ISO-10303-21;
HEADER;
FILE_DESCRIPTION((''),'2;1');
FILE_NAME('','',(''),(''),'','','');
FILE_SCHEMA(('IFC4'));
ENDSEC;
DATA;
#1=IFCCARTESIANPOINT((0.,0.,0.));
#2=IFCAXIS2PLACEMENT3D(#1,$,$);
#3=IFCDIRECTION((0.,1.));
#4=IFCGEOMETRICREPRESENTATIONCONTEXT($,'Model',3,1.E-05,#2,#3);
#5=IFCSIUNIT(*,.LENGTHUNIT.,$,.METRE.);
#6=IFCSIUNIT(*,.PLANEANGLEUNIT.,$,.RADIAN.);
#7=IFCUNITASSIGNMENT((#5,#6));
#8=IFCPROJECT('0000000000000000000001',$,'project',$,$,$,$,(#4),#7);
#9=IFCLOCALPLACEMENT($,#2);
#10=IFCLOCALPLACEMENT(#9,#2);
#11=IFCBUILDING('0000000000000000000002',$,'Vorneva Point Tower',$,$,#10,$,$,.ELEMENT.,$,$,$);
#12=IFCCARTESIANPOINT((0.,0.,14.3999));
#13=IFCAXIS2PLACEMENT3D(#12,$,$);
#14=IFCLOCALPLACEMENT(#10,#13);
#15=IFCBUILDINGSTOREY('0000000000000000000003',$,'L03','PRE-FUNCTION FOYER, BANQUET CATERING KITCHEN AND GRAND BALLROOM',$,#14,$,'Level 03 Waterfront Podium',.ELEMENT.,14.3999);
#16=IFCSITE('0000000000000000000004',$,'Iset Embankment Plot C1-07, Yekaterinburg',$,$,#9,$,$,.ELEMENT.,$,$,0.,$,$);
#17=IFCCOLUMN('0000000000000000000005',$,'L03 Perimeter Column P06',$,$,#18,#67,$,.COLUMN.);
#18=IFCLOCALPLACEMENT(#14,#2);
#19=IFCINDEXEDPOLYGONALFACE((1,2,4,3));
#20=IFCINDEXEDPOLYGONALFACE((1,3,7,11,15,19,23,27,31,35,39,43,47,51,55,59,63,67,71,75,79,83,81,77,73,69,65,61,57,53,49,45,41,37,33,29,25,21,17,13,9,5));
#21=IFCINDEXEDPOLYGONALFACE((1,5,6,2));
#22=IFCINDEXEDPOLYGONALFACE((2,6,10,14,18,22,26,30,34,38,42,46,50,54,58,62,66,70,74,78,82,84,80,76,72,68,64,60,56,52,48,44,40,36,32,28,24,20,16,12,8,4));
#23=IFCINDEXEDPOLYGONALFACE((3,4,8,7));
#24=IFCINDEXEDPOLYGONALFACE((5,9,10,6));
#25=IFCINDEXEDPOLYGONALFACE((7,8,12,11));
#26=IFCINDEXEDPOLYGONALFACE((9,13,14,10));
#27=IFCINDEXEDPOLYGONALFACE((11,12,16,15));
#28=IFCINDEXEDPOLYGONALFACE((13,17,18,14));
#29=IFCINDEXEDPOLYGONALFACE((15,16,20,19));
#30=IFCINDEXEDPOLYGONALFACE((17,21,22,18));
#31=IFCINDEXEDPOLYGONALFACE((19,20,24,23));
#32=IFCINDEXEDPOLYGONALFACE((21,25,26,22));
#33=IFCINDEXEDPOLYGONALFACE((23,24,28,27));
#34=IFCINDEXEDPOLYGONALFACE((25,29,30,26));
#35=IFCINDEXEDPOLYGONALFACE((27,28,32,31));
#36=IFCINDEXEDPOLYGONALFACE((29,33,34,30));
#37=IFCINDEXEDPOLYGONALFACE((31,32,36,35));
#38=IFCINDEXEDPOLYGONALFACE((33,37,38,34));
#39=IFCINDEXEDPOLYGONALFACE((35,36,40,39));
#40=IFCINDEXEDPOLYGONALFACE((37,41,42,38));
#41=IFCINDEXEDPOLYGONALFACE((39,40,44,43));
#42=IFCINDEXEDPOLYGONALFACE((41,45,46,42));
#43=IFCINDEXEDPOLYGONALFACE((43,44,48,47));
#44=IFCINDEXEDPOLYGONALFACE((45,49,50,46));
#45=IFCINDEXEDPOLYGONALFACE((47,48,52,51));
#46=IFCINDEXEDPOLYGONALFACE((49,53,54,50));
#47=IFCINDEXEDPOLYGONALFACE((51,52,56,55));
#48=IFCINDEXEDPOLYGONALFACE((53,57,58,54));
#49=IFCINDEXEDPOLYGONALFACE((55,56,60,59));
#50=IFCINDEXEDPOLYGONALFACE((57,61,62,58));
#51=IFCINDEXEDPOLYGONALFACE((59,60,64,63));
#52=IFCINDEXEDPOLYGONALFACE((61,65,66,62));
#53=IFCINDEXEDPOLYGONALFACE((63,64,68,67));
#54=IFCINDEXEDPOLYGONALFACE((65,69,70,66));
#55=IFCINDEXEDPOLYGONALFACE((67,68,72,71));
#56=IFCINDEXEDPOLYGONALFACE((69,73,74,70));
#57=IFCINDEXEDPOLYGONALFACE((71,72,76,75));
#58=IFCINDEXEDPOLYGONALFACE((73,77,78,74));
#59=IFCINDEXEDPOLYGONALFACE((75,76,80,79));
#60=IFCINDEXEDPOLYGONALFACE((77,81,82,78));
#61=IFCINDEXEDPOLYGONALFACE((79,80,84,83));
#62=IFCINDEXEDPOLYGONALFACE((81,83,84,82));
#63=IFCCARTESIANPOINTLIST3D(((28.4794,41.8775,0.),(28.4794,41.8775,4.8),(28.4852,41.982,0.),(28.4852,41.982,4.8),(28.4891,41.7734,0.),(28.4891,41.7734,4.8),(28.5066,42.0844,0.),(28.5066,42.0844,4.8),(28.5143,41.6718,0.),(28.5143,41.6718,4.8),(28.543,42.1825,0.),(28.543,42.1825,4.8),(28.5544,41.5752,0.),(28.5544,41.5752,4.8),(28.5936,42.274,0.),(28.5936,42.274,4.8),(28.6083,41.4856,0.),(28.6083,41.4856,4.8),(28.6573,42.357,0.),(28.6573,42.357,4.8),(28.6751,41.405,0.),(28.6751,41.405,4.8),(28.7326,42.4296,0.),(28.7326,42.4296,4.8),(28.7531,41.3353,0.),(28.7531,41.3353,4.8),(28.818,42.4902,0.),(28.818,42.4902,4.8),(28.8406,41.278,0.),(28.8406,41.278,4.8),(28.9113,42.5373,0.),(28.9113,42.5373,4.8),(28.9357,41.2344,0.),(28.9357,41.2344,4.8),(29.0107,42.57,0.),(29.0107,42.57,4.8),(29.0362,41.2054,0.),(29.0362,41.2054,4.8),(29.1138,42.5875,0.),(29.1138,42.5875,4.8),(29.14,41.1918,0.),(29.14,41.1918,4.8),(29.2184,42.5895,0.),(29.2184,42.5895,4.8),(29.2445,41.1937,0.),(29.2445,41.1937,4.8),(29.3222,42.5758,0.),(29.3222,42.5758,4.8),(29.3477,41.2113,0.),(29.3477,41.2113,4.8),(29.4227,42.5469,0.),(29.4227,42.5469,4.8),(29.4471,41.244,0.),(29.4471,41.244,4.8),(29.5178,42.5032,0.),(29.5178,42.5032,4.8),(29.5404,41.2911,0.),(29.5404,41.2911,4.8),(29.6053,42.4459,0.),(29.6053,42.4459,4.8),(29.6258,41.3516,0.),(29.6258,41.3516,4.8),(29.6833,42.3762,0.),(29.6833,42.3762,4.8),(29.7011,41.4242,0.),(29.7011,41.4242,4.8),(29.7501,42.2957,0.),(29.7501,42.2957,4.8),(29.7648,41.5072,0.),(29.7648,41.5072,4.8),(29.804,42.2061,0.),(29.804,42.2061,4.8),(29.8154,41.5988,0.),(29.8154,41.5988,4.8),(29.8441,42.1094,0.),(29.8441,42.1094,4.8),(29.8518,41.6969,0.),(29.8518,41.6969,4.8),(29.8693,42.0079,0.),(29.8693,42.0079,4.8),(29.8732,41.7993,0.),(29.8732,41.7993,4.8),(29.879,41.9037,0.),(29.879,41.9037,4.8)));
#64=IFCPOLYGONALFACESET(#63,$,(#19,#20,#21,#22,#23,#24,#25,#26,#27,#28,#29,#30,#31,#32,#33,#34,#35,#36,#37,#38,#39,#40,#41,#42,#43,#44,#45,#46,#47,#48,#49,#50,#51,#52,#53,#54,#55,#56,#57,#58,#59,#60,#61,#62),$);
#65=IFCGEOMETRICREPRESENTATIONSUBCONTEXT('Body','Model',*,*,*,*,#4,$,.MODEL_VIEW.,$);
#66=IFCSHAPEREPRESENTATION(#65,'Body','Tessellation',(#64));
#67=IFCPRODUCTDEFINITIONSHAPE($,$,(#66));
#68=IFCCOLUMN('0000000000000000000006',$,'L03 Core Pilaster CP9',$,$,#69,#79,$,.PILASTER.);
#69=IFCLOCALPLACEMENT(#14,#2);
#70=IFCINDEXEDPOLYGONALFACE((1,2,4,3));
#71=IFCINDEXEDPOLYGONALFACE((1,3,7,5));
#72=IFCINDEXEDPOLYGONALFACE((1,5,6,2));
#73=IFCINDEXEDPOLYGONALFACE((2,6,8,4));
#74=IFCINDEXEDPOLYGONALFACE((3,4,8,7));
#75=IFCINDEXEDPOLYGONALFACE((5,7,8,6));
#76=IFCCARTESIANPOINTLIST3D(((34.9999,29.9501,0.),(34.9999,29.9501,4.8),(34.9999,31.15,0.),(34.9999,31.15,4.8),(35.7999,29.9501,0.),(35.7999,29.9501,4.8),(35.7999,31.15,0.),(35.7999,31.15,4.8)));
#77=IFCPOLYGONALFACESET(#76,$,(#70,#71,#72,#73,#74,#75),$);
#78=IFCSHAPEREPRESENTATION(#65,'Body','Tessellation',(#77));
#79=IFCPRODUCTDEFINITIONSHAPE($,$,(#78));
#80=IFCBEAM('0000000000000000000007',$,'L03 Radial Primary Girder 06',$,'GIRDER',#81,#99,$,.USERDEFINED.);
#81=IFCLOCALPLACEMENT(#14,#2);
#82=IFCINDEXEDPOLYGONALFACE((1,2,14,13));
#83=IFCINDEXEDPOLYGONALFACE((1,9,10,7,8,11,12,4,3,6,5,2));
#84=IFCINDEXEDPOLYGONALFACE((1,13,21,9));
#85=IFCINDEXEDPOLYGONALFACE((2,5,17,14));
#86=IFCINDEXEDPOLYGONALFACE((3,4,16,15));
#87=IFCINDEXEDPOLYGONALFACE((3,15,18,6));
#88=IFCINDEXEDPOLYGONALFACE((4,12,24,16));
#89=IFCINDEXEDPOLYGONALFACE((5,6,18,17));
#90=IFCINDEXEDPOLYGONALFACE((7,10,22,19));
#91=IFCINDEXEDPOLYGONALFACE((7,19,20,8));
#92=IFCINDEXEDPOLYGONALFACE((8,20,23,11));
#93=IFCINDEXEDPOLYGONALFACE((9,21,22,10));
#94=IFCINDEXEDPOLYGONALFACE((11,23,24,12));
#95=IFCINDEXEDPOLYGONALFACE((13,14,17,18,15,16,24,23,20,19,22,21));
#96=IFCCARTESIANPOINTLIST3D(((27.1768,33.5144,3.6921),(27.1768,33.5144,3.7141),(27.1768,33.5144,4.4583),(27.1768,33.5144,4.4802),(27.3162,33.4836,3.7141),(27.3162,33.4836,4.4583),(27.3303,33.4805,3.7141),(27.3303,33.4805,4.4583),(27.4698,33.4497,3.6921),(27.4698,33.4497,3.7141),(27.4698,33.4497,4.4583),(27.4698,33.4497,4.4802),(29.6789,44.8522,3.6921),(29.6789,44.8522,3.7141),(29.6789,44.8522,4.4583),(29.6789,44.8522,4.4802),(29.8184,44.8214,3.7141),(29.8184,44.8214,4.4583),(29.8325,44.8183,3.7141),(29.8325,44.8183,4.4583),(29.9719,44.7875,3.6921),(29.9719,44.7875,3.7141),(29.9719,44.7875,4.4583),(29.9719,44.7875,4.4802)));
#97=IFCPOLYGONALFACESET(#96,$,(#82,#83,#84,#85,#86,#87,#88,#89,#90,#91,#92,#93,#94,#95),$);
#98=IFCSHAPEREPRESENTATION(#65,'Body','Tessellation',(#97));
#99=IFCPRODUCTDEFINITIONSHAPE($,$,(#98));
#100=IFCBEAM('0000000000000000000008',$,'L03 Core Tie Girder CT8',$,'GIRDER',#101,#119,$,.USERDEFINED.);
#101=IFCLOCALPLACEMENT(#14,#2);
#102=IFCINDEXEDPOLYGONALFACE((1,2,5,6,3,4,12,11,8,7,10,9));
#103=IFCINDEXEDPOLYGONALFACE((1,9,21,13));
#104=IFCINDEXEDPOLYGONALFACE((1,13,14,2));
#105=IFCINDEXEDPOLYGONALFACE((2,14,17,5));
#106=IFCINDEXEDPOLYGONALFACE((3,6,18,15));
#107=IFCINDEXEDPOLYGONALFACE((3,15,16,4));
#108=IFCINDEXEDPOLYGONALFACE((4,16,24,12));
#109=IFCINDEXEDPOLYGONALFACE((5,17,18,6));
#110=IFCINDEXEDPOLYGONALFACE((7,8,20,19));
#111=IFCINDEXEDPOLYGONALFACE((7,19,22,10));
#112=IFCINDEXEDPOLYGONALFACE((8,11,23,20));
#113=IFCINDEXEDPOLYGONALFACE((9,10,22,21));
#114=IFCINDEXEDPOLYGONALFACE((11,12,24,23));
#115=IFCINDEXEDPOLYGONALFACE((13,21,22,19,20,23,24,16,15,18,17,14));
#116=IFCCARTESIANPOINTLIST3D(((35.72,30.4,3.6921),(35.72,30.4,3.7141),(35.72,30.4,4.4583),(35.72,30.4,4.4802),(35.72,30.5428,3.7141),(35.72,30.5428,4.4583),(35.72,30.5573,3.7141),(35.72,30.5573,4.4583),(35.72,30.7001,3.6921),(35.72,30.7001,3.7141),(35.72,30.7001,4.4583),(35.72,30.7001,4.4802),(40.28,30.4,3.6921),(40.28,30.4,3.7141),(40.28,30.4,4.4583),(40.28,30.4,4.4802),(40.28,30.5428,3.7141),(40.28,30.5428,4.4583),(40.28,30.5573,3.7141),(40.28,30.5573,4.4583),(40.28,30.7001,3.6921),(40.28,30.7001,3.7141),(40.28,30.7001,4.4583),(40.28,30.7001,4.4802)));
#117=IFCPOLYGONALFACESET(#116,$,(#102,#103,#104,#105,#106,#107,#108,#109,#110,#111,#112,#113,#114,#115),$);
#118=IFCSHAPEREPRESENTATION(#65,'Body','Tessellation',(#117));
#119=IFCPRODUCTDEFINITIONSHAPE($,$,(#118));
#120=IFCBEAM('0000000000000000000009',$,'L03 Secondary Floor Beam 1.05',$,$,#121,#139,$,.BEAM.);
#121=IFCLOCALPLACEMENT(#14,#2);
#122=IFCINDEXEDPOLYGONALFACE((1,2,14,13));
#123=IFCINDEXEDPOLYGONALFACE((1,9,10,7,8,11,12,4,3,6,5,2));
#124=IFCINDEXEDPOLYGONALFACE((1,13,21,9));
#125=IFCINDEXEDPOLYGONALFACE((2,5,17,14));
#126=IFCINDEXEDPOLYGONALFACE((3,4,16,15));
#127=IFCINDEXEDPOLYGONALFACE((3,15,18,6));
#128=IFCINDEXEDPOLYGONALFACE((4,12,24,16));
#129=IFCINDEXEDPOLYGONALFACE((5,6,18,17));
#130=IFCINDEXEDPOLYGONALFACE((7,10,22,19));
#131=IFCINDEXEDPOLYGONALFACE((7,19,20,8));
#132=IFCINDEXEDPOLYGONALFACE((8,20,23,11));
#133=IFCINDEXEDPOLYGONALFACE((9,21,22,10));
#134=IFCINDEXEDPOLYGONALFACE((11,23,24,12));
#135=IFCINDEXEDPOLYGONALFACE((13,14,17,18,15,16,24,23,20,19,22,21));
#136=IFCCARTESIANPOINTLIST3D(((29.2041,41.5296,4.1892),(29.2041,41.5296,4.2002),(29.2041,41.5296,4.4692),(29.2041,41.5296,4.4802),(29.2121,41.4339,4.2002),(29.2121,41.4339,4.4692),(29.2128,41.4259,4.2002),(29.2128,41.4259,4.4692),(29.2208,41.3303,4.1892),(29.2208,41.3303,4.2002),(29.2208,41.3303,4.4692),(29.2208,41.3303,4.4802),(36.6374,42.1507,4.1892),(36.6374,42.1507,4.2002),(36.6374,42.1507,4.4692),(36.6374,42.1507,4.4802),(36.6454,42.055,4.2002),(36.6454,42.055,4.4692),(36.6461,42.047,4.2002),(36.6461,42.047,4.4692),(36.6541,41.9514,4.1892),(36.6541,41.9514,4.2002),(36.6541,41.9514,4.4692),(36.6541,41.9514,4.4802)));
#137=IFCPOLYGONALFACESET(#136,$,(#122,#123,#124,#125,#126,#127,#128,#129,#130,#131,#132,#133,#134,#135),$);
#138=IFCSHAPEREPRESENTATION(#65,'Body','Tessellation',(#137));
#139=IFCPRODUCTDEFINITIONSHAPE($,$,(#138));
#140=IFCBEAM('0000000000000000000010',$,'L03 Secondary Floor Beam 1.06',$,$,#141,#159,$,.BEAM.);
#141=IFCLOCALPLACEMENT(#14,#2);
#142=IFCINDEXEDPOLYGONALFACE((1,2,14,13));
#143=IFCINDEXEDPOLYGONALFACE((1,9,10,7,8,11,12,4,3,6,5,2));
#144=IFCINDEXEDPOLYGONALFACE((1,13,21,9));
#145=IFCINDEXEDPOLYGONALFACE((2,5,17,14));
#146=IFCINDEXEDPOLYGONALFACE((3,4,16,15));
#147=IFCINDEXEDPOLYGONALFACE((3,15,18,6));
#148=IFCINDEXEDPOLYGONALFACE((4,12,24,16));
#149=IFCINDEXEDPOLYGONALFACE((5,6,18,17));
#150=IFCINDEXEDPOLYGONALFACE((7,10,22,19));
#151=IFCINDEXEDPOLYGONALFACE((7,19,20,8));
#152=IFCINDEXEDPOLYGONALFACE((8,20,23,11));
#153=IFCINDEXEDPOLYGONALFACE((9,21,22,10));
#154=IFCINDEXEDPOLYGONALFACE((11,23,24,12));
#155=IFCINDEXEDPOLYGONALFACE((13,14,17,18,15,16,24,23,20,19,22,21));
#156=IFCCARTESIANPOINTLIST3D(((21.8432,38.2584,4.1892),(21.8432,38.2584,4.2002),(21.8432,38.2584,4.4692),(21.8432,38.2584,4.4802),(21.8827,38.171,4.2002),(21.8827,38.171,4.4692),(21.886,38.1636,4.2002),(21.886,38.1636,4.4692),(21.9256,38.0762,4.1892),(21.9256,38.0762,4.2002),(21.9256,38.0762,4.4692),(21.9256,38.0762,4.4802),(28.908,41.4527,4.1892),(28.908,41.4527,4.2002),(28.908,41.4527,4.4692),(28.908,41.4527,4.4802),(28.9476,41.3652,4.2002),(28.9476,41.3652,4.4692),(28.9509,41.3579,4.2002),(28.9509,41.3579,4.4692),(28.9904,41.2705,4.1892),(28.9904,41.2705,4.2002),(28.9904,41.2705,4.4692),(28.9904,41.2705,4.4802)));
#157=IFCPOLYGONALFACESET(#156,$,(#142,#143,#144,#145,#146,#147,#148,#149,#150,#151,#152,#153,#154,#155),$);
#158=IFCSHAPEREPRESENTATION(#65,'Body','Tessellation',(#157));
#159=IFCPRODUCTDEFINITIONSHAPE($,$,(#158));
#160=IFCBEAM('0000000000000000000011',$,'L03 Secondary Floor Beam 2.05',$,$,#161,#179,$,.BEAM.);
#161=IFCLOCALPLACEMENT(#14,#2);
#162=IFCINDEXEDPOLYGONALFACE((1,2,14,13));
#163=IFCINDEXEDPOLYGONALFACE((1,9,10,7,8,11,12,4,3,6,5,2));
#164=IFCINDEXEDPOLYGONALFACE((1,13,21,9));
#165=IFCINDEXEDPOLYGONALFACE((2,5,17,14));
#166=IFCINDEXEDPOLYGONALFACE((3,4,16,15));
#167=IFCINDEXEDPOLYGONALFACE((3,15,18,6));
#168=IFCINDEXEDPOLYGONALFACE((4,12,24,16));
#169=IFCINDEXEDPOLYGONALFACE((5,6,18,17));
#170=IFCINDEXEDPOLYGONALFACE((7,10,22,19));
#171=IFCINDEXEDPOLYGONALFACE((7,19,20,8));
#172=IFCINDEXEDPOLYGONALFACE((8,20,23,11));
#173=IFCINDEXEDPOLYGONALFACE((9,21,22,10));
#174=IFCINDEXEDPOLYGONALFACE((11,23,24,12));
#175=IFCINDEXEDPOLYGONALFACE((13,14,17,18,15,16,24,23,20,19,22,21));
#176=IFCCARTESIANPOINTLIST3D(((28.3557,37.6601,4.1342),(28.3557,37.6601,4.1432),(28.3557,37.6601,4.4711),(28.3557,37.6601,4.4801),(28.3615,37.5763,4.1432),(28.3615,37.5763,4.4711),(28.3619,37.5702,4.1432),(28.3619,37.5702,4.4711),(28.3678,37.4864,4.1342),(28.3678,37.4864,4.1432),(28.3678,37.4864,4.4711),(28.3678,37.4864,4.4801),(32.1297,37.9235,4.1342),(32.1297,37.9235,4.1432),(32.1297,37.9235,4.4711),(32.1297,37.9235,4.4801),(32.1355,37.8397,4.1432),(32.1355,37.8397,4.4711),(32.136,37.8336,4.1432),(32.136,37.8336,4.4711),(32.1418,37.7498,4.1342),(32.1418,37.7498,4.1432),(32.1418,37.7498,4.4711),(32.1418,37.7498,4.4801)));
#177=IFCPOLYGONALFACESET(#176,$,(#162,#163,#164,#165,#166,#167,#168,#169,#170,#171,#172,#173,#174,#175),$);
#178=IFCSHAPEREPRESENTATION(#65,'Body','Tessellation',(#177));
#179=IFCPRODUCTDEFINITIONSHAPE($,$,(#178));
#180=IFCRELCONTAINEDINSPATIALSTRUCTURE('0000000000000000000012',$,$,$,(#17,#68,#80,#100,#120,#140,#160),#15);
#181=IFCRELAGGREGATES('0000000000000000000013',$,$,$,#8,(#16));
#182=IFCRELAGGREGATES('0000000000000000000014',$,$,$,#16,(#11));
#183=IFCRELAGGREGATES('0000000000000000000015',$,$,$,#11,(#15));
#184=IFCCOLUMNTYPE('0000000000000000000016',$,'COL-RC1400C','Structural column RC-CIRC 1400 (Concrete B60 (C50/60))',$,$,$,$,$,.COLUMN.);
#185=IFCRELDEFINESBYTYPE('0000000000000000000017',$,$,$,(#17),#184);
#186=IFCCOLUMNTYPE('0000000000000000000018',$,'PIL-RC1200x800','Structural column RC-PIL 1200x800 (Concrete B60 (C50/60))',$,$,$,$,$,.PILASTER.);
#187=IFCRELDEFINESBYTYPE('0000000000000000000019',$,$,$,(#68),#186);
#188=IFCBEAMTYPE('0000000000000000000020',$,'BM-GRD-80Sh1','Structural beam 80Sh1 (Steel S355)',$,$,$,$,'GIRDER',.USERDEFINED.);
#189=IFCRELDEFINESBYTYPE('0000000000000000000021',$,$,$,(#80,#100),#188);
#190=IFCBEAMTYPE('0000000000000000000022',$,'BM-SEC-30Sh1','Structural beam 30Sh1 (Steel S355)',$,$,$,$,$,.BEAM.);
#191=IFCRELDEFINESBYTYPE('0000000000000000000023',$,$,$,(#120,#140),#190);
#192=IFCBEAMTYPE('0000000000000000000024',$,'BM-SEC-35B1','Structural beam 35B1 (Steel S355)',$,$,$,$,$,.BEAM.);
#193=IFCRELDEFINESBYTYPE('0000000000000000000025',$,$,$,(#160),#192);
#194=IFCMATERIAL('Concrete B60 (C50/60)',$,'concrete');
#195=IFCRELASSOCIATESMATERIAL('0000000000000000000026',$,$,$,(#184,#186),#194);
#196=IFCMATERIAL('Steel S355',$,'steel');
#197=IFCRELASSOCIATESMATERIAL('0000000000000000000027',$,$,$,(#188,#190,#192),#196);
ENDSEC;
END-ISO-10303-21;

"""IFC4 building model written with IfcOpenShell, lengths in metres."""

from ifc_helpers import new_model, si_unit, direction, frame, origin, origin_2d, place, context, subcontext, project, spatial, rectangle, circle, i_section, extrude, material, material_profile, profile_set, type_object, element, save


model = new_model("IFC4")

# Units and contexts
model_context = context("Model", 3, precision=1e-05, world=origin(), true_north=direction((0.0, 1.0)))
body_context = subcontext(model_context, "Body", "Model", "MODEL_VIEW")
ifc_project = project(units=[si_unit("LENGTHUNIT", "METRE"), si_unit("PLANEANGLEUNIT", "RADIAN")], contexts=[model_context])

# Site, building, storey
site_placement = place(None, origin())
site = spatial("IfcSite", under=ifc_project, at=site_placement, Name="Iset Embankment Plot C1-07, Yekaterinburg", CompositionType="ELEMENT", RefElevation=0.0)
building_placement = place(site_placement, origin())
building = spatial("IfcBuilding", under=site, at=building_placement, Name="Vorneva Point Tower", CompositionType="ELEMENT")
storey_placement = place(building_placement, frame((0.0, 0.0, 14.3999)))
storey = spatial("IfcBuildingStorey", under=building, at=storey_placement, Name="L03", Description="PRE-FUNCTION FOYER, BANQUET CATERING KITCHEN AND GRAND BALLROOM", LongName="Level 03 Waterfront Podium", CompositionType="ELEMENT", Elevation=14.3999)

# Columns
ifc_material_1 = material(Name="Concrete B60 (C50/60)", Category="concrete")
ifc_material_profile_1 = material_profile(ifc_material_1, circle(Radius=0.7, at=origin_2d()), Name="RC-CIRC 1400")
ifc_profile_set_1 = profile_set([ifc_material_profile_1], Name="Concrete B60 (C50/60)")
column_type_1 = type_object("IfcColumnType", Name="COL-RC1400C", Description="Structural column RC-CIRC 1400 (Concrete B60 (C50/60))", PredefinedType="COLUMN", material=ifc_profile_set_1)
for number, where, z_axis, x_axis, name in (
    (1, (29.1792, 41.8906, 0.0), (0.0, 0.0, 1.0), (-0.382683, 0.92388, 0.0), "L03 Perimeter Column P06"),
):
    element("IfcColumn", number, at=place(storey_placement, frame(where, z_axis=z_axis, x_axis=x_axis)), inside=storey, type_object=column_type_1, Name=name, PredefinedType="COLUMN", context=body_context, shape_type="SweptSolid", body=[
        extrude(circle(Radius=0.7, at=origin_2d()), origin(), (0.0, 0.0, 1.0), 4.8),
    ])
ifc_material_profile_2 = material_profile(ifc_material_1, rectangle(XDim=0.8, YDim=1.2, at=origin_2d()), Name="RC-PIL 1200x800")
ifc_profile_set_2 = profile_set([ifc_material_profile_2], Name="Concrete B60 (C50/60)")
column_type_2 = type_object("IfcColumnType", Name="PIL-RC1200x800", Description="Structural column RC-PIL 1200x800 (Concrete B60 (C50/60))", PredefinedType="PILASTER", material=ifc_profile_set_2)
column_placement = place(storey_placement, frame((35.3999, 30.55, 0.0), z_axis=(0.0, 0.0, 1.0), x_axis=(1.0, 0.0, 0.0)))
element("IfcColumn", 2, at=column_placement, inside=storey, type_object=column_type_2, Name="L03 Core Pilaster CP9", PredefinedType="PILASTER", context=body_context, shape_type="SweptSolid", body=[
    extrude(rectangle(XDim=0.8, YDim=1.2, at=origin_2d()), origin(), (0.0, 0.0, 1.0), 4.8),
])

# Beams
ifc_material_2 = material(Name="Steel S355", Category="steel")
ifc_material_profile_3 = material_profile(ifc_material_2, i_section(OverallWidth=0.3, OverallDepth=0.7881, WebThickness=0.0144, FlangeThickness=0.022, at=origin_2d()), Name="80Sh1")
ifc_profile_set_3 = profile_set([ifc_material_profile_3], Name="Steel S355")
beam_type_1 = type_object("IfcBeamType", Name="BM-GRD-80Sh1", Description="Structural beam 80Sh1 (Steel S355)", ElementType="GIRDER", PredefinedType="USERDEFINED", material=ifc_profile_set_3)
beam_1_placement = place(storey_placement, frame((29.8254, 44.8198, 4.0862), z_axis=(-0.215508, -0.976502, 0.0), x_axis=(0.976502, -0.215508, 0.0)))
element("IfcBeam", 3, at=beam_1_placement, inside=storey, type_object=beam_type_1, Name="L03 Radial Primary Girder 06", ObjectType="GIRDER", PredefinedType="USERDEFINED", context=body_context, shape_type="SweptSolid", body=[
    extrude(i_section(OverallWidth=0.3, OverallDepth=0.7881, WebThickness=0.0144, FlangeThickness=0.022, at=origin_2d()), origin(), (0.0, 0.0, 1.0), 11.6106),
])
beam_2_placement = place(storey_placement, frame((35.72, 30.55, 4.0862), z_axis=(1.0, 0.0, 0.0), x_axis=(0.0, 1.0, 0.0)))
element("IfcBeam", 4, at=beam_2_placement, inside=storey, type_object=beam_type_1, Name="L03 Core Tie Girder CT8", ObjectType="GIRDER", PredefinedType="USERDEFINED", context=body_context, shape_type="SweptSolid", body=[
    extrude(i_section(OverallWidth=0.3, OverallDepth=0.7881, WebThickness=0.0144, FlangeThickness=0.022, at=origin_2d()), origin(), (0.0, 0.0, 1.0), 4.5601),
])
ifc_material_profile_4 = material_profile(ifc_material_2, i_section(OverallWidth=0.2, OverallDepth=0.291, WebThickness=0.0081, FlangeThickness=0.011, at=origin_2d()), Name="30Sh1")
ifc_profile_set_4 = profile_set([ifc_material_profile_4], Name="Steel S355")
beam_type_2 = type_object("IfcBeamType", Name="BM-SEC-30Sh1", Description="Structural beam 30Sh1 (Steel S355)", PredefinedType="BEAM", material=ifc_profile_set_4)
beam_3_placement = place(storey_placement, frame((36.6458, 42.051, 4.3347), z_axis=(-0.996527, -0.083265, 0.0), x_axis=(0.083265, -0.996527, 0.0)))
element("IfcBeam", 5, at=beam_3_placement, inside=storey, type_object=beam_type_2, Name="L03 Secondary Floor Beam 1.05", PredefinedType="BEAM", context=body_context, shape_type="SweptSolid", body=[
    extrude(i_section(OverallWidth=0.2, OverallDepth=0.291, WebThickness=0.0081, FlangeThickness=0.011, at=origin_2d()), origin(), (0.0, 0.0, 1.0), 7.4592),
])
beam_4_placement = place(storey_placement, frame((28.9492, 41.3616, 4.3347), z_axis=(-0.911191, -0.411985, 0.0), x_axis=(0.411985, -0.911191, 0.0)))
element("IfcBeam", 6, at=beam_4_placement, inside=storey, type_object=beam_type_2, Name="L03 Secondary Floor Beam 1.06", PredefinedType="BEAM", context=body_context, shape_type="SweptSolid", body=[
    extrude(i_section(OverallWidth=0.2, OverallDepth=0.291, WebThickness=0.0081, FlangeThickness=0.011, at=origin_2d()), origin(), (0.0, 0.0, 1.0), 7.7534),
])
ifc_material_profile_5 = material_profile(ifc_material_2, i_section(OverallWidth=0.1741, OverallDepth=0.3459, WebThickness=0.0061, FlangeThickness=0.009, at=origin_2d()), Name="35B1")
ifc_profile_set_5 = profile_set([ifc_material_profile_5], Name="Steel S355")
beam_type_3 = type_object("IfcBeamType", Name="BM-SEC-35B1", Description="Structural beam 35B1 (Steel S355)", PredefinedType="BEAM", material=ifc_profile_set_5)
beam_5_placement = place(storey_placement, frame((32.1357, 37.8367, 4.3071), z_axis=(-0.997573, -0.069633, 0.0), x_axis=(0.069633, -0.997573, 0.0)))
element("IfcBeam", 7, at=beam_5_placement, inside=storey, type_object=beam_type_3, Name="L03 Secondary Floor Beam 2.05", PredefinedType="BEAM", context=body_context, shape_type="SweptSolid", body=[
    extrude(i_section(OverallWidth=0.1741, OverallDepth=0.3459, WebThickness=0.0061, FlangeThickness=0.009, at=origin_2d()), origin(), (0.0, 0.0, 1.0), 3.7832),
])

save(model, "model.ifc")
